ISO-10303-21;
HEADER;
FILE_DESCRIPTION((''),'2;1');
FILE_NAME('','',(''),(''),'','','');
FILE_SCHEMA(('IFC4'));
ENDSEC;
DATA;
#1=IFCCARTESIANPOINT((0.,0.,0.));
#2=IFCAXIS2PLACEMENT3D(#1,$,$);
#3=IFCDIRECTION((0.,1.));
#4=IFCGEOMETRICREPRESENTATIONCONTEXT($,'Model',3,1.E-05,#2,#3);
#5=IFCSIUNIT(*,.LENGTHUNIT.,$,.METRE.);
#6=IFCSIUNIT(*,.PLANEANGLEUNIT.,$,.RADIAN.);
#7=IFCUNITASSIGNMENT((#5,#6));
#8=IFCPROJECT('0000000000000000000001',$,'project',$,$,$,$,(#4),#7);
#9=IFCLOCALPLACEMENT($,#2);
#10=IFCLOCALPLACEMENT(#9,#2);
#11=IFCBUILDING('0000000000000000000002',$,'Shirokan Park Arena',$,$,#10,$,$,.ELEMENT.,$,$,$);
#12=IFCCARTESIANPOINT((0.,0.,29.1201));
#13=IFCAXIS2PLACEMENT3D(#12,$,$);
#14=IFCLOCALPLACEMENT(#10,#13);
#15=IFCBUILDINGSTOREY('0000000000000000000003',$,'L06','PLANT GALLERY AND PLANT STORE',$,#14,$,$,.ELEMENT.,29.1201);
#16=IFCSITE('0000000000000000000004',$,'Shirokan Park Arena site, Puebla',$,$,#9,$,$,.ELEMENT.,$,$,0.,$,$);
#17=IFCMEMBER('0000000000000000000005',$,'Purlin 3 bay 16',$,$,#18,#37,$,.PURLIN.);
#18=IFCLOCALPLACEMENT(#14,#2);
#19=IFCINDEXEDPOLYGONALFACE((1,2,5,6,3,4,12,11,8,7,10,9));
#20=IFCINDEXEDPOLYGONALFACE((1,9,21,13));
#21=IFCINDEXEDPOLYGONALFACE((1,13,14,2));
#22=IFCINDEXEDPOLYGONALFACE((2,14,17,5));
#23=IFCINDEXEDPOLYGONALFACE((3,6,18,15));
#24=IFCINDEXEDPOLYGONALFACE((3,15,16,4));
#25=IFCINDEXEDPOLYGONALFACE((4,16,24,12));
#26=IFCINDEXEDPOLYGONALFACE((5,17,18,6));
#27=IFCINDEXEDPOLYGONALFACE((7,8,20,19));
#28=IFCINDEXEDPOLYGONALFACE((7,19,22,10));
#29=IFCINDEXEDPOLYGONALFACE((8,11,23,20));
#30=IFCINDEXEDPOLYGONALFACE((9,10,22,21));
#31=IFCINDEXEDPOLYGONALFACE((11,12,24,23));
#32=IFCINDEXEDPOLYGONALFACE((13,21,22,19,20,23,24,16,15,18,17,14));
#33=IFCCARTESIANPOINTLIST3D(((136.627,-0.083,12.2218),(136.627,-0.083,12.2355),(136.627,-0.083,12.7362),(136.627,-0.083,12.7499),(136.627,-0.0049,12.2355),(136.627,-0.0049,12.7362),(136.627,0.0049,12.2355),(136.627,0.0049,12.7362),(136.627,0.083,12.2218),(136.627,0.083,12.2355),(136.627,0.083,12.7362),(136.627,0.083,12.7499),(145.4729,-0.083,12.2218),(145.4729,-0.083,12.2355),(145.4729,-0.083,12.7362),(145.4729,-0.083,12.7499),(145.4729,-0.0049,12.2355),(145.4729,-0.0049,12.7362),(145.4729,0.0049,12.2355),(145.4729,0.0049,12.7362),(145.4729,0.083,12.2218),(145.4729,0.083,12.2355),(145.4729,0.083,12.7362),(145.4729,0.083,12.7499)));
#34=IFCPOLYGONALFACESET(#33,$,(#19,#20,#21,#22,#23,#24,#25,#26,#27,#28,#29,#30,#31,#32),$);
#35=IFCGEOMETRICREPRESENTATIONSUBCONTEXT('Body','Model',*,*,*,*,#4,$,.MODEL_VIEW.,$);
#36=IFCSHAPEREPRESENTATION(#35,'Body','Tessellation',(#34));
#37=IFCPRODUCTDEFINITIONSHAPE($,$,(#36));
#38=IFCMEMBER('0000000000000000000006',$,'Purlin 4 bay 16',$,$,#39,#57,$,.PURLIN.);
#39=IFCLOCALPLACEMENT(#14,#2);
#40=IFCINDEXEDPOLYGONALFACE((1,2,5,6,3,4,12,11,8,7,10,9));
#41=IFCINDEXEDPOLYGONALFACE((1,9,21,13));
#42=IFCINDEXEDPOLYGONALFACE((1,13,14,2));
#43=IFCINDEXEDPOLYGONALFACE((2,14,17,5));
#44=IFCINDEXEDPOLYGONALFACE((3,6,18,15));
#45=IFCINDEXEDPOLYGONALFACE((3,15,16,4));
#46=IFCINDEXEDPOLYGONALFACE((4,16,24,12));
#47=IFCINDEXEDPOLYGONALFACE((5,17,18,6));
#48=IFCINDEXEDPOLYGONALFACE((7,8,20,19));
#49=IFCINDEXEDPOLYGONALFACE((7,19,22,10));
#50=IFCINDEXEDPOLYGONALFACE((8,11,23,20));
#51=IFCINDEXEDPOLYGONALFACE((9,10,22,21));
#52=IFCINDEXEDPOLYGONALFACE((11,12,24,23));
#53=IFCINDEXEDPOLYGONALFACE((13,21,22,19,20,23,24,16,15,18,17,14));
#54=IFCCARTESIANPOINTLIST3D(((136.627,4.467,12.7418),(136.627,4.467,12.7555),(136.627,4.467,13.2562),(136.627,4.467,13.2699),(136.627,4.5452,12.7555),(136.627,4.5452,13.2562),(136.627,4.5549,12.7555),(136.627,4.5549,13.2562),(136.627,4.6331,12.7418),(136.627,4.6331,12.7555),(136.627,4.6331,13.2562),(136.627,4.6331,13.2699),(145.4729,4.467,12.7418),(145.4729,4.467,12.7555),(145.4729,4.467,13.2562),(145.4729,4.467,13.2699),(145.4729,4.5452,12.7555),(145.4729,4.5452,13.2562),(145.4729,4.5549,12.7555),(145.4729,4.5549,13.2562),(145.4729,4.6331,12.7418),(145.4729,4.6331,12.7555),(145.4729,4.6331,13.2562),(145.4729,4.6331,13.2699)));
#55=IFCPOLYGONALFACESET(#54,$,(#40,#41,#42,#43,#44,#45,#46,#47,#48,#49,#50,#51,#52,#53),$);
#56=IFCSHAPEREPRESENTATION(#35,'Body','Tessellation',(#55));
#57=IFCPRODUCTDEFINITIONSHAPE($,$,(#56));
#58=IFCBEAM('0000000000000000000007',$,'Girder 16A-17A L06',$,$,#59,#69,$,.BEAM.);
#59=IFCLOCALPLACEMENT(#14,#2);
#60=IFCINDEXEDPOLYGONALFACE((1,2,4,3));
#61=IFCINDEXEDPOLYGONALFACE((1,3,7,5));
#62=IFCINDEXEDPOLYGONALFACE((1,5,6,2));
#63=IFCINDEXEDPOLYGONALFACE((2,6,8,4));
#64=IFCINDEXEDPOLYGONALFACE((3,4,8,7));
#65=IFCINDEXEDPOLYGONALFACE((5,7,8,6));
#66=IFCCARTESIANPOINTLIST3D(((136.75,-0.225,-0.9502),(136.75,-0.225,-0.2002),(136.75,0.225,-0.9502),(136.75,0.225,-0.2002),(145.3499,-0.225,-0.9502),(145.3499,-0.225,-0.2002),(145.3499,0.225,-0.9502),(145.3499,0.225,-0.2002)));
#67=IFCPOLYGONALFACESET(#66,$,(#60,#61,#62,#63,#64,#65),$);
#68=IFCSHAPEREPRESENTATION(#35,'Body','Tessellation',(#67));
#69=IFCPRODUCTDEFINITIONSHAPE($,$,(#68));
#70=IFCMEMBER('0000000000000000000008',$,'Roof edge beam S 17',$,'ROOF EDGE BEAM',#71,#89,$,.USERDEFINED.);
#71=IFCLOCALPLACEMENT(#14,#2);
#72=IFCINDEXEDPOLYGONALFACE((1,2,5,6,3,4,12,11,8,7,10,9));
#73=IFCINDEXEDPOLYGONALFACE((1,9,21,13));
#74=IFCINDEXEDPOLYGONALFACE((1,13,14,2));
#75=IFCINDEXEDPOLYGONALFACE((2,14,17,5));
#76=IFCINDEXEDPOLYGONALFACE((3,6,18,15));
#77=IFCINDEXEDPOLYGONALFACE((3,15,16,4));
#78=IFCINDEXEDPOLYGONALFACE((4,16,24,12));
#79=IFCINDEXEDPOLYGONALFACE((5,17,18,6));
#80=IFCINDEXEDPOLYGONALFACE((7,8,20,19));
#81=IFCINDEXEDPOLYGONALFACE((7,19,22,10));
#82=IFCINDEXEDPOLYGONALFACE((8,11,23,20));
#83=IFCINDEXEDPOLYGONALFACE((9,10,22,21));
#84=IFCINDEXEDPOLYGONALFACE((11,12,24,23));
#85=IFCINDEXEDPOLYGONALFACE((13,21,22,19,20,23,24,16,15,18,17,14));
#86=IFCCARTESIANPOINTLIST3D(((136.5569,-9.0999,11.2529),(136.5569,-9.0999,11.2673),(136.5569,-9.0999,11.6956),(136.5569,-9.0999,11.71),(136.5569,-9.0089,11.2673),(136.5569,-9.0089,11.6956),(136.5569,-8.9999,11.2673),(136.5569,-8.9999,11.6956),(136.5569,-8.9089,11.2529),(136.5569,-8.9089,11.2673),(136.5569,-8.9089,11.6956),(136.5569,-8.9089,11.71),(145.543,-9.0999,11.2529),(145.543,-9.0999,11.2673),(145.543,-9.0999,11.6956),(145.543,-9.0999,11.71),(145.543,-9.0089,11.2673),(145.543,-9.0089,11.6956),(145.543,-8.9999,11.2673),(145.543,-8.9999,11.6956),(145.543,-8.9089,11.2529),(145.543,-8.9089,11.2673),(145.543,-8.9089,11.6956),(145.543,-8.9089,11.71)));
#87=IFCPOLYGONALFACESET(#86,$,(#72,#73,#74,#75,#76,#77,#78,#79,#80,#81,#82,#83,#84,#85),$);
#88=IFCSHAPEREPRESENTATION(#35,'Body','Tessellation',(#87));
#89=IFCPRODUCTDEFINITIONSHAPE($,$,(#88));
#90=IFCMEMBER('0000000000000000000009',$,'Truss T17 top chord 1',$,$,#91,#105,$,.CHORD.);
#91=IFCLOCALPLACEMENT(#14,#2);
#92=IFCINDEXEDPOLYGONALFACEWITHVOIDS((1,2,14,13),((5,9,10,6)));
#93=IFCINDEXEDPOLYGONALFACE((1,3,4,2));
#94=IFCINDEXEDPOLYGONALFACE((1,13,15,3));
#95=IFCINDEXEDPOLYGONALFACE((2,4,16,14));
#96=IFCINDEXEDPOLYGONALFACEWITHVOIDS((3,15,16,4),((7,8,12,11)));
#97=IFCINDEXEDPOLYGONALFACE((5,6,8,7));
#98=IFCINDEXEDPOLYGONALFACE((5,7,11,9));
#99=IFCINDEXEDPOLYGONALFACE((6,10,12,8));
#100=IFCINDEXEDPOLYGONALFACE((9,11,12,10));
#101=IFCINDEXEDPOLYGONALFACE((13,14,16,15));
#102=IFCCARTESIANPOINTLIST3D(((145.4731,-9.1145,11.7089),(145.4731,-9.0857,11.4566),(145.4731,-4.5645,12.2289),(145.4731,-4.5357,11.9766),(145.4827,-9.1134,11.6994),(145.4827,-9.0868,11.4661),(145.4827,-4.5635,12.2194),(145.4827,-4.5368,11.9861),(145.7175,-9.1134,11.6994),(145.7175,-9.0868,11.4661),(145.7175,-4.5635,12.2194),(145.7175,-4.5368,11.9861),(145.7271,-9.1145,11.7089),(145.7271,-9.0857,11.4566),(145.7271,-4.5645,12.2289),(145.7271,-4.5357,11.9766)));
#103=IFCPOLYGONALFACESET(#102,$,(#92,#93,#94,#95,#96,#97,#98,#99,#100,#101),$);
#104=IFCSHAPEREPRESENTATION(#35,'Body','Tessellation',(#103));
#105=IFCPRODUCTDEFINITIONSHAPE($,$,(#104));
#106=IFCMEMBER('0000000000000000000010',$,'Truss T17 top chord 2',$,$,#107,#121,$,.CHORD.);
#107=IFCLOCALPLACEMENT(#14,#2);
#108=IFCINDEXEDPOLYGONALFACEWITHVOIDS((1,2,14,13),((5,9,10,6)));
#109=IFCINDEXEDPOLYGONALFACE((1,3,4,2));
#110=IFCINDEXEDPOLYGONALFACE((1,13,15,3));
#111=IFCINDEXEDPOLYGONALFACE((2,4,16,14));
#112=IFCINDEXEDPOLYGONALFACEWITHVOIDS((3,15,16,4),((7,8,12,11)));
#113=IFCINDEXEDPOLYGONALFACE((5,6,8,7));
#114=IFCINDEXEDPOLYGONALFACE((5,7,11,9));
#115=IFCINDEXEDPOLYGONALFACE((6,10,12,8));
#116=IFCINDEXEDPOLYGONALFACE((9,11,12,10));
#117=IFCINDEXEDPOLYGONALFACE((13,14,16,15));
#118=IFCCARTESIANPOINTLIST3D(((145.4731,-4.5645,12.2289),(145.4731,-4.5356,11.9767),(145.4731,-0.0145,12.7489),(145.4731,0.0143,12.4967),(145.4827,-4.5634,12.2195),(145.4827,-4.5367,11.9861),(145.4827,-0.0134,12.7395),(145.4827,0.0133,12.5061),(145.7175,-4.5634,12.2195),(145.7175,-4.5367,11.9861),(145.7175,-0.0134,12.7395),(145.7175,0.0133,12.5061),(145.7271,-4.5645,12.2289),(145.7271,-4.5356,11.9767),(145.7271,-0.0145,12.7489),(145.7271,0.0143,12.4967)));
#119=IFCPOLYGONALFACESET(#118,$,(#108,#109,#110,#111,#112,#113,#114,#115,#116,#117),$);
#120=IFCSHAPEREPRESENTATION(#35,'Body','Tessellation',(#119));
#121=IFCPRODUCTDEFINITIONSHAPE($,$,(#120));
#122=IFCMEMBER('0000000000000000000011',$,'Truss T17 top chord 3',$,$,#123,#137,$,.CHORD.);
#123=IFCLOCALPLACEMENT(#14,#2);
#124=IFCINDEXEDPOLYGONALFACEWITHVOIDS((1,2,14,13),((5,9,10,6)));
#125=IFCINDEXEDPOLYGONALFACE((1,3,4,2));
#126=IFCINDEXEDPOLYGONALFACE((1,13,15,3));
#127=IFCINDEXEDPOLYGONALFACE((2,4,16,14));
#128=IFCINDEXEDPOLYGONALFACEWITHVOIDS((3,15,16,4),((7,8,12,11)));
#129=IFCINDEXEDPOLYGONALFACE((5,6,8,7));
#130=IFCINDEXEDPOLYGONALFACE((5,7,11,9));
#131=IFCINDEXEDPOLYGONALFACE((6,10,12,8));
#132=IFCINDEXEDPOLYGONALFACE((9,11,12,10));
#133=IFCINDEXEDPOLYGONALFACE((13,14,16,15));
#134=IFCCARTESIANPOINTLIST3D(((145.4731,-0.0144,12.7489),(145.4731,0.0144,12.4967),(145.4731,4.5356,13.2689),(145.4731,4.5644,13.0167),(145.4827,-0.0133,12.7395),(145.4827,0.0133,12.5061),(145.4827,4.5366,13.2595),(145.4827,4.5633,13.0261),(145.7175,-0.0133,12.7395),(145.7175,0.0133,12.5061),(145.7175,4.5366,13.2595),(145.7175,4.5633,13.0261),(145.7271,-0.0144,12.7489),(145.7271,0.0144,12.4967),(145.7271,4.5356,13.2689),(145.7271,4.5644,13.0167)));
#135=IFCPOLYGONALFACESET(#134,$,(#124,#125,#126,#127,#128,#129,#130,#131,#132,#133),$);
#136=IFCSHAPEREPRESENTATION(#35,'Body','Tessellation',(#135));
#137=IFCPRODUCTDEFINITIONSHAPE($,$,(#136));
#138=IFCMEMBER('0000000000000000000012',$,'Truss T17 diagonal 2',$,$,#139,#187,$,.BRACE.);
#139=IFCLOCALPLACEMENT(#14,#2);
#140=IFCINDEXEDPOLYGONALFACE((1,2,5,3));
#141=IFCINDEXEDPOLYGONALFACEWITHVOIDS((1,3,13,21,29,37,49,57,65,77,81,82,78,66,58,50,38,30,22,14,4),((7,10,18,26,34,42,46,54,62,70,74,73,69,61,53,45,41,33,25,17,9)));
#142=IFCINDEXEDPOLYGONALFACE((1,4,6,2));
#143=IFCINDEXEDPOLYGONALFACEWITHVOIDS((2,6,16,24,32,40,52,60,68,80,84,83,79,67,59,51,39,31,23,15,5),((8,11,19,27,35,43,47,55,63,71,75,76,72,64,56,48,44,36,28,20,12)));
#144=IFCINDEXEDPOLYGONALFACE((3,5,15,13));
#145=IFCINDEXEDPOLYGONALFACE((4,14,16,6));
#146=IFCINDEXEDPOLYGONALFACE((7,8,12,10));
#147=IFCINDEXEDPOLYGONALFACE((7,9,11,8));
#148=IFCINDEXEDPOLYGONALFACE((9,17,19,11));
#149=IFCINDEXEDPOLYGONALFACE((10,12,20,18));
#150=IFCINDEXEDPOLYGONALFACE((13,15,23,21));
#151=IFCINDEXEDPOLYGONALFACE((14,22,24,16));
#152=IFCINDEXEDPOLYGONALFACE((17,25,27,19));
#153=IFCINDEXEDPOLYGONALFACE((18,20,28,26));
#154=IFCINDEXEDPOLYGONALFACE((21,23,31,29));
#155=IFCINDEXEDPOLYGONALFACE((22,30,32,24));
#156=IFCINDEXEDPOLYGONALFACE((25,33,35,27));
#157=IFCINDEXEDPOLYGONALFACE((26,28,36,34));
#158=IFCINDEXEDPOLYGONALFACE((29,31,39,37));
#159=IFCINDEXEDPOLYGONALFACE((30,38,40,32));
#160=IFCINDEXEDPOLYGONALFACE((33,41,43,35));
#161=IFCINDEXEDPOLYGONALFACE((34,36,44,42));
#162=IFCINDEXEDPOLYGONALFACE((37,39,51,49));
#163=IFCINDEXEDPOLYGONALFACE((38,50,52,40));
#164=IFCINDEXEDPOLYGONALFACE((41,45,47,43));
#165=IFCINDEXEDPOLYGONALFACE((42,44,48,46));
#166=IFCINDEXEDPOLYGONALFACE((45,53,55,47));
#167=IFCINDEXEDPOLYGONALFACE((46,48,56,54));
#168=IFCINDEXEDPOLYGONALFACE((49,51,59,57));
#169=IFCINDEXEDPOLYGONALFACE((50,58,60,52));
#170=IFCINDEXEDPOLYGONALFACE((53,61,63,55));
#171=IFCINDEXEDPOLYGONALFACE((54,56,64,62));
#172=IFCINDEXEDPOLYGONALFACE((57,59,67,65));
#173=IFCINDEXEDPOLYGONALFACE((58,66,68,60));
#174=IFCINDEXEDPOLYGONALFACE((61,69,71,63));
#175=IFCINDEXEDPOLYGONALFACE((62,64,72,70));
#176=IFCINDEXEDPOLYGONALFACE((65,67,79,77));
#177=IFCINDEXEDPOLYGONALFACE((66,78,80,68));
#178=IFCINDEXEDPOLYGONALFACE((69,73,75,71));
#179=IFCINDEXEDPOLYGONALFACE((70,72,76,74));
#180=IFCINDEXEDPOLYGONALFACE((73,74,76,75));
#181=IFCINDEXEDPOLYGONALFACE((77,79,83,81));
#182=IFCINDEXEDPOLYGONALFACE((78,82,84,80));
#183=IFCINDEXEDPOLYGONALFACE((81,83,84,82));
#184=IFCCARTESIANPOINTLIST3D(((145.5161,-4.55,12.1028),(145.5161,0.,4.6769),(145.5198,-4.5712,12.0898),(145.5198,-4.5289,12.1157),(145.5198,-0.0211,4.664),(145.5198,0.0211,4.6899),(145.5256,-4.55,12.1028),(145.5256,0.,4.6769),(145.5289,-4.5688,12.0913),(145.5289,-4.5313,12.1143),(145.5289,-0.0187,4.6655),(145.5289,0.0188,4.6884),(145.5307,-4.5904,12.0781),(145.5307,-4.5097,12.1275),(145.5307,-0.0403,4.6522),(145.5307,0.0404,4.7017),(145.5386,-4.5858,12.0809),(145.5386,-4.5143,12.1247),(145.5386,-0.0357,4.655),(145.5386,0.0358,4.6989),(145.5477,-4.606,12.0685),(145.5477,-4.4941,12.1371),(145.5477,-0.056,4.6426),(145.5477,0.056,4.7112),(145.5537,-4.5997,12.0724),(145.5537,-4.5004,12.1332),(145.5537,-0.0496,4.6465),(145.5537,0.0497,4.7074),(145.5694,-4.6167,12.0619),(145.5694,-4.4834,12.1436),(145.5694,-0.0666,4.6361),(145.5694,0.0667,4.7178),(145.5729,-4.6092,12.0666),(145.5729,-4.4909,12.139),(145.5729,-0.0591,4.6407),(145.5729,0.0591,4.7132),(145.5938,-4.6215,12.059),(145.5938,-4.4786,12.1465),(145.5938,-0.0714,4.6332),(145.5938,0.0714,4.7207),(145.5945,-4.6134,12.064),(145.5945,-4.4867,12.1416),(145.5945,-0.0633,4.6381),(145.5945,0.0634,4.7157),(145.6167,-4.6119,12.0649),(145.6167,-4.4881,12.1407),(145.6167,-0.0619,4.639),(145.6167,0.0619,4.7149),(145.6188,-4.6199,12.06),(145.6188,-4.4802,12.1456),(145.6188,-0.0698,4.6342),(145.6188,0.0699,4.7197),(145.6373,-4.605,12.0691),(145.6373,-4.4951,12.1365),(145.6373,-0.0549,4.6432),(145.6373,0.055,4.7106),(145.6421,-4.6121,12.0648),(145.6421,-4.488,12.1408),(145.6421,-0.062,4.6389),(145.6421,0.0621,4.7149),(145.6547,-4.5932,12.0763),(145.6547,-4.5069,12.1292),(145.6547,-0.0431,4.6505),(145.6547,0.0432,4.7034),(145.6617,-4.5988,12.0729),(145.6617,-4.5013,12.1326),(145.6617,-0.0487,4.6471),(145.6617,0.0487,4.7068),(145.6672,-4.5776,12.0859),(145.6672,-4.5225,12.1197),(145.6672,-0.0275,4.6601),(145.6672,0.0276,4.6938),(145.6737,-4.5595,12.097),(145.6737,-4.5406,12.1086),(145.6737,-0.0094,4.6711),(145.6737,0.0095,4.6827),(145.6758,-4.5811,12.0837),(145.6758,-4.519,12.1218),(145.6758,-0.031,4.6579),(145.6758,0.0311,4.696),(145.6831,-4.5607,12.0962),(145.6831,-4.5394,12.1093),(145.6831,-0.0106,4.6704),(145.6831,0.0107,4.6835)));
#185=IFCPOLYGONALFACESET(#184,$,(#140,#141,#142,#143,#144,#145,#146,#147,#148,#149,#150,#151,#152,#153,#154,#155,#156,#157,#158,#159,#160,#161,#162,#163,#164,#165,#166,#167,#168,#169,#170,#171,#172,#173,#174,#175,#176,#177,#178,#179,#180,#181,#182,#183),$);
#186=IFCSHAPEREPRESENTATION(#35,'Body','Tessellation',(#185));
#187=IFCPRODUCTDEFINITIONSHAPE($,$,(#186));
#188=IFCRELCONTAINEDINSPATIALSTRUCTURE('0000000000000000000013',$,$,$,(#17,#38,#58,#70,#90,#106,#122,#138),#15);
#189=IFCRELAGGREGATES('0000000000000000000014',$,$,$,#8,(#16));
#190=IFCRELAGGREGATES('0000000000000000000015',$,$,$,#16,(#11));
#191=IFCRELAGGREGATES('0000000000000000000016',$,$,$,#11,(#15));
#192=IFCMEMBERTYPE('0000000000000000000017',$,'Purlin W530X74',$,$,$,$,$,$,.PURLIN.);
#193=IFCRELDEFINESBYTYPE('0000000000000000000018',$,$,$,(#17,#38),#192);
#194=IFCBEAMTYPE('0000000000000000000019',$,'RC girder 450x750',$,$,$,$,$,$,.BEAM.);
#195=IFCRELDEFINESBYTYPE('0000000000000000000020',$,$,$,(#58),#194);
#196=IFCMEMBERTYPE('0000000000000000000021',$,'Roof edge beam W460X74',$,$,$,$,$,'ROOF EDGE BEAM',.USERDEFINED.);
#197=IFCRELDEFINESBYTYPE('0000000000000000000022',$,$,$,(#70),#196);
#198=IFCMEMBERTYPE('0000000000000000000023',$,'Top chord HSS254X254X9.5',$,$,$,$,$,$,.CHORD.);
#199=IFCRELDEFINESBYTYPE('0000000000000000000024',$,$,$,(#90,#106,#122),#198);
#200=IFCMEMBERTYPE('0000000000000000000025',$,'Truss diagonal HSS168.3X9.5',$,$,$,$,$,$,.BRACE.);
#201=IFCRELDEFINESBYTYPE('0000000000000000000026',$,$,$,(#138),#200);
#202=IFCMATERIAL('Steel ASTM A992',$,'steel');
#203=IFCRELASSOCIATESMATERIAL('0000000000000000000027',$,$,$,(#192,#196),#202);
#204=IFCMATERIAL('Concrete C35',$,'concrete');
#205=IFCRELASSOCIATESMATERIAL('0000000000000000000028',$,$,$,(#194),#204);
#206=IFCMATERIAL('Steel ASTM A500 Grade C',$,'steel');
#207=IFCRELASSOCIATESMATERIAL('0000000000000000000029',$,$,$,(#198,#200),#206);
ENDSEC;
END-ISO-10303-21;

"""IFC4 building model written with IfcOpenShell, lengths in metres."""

from ifc_helpers import new_model, si_unit, direction, frame, origin, origin_2d, place, context, subcontext, project, spatial, rectangle, hollow_rectangle, hollow_circle, i_section, extrude, material, material_profile, profile_set, type_object, element, save


model = new_model("IFC4")

# Units and contexts
model_context = context("Model", 3, precision=1e-05, world=origin(), true_north=direction((0.0, 1.0)))
body_context = subcontext(model_context, "Body", "Model", "MODEL_VIEW")
ifc_project = project(units=[si_unit("LENGTHUNIT", "METRE"), si_unit("PLANEANGLEUNIT", "RADIAN")], contexts=[model_context])

# Site, building, storey
site_placement = place(None, origin())
site = spatial("IfcSite", under=ifc_project, at=site_placement, Name="Shirokan Park Arena site, Puebla", CompositionType="ELEMENT", RefElevation=0.0)
building_placement = place(site_placement, origin())
building = spatial("IfcBuilding", under=site, at=building_placement, Name="Shirokan Park Arena", CompositionType="ELEMENT")
storey_placement = place(building_placement, frame((0.0, 0.0, 29.1201)))
storey = spatial("IfcBuildingStorey", under=building, at=storey_placement, Name="L06", Description="PLANT GALLERY AND PLANT STORE", CompositionType="ELEMENT", Elevation=29.1201)

# Shared definitions
ifc_material_1 = material(Name="Concrete C35", Category="concrete")

# Members
ifc_material_2 = material(Name="Steel ASTM A500 Grade C", Category="steel")
ifc_material_3 = material(Name="Steel ASTM A992", Category="steel")
ifc_material_profile_1 = material_profile(ifc_material_3, i_section(OverallWidth=0.166, OverallDepth=0.5281, WebThickness=0.0098, FlangeThickness=0.0137, at=origin_2d()), Name="W530X74")
ifc_profile_set_1 = profile_set([ifc_material_profile_1], Name="Steel ASTM A992")
member_type_1 = type_object("IfcMemberType", Name="Purlin W530X74", PredefinedType="PURLIN", material=ifc_profile_set_1)
for number, where, z_axis, x_axis, name in (
    (1, (136.627, 0.0, 12.4858), (1.0, 0.0, 0.0), (0.0, 1.0, 0.0), "Purlin 3 bay 16"),
    (2, (136.627, 4.55, 13.0059), (1.0, 0.0, 0.0), (0.0, 1.0, 0.0), "Purlin 4 bay 16"),
):
    element("IfcMember", number, at=place(storey_placement, frame(where, z_axis=z_axis, x_axis=x_axis)), inside=storey, type_object=member_type_1, Name=name, PredefinedType="PURLIN", context=body_context, shape_type="SweptSolid", body=[
        extrude(i_section(OverallWidth=0.166, OverallDepth=0.5281, WebThickness=0.0098, FlangeThickness=0.0137, at=origin_2d()), origin(), (0.0, 0.0, 1.0), 8.8459),
    ])

# Beam
ifc_material_profile_2 = material_profile(ifc_material_1, rectangle(XDim=0.45, YDim=0.75, at=origin_2d()), Name="450x750")
ifc_profile_set_2 = profile_set([ifc_material_profile_2], Name="Concrete C35")
beam_type = type_object("IfcBeamType", Name="RC girder 450x750", PredefinedType="BEAM", material=ifc_profile_set_2)
beam_placement = place(storey_placement, frame((136.75, 0.0, -0.5752), z_axis=(1.0, 0.0, 0.0), x_axis=(0.0, 1.0, 0.0)))
element("IfcBeam", 3, at=beam_placement, inside=storey, type_object=beam_type, Name="Girder 16A-17A L06", PredefinedType="BEAM", context=body_context, shape_type="SweptSolid", body=[
    extrude(rectangle(XDim=0.45, YDim=0.75, at=origin_2d()), origin(), (0.0, 0.0, 1.0), 8.5999),
])

# Members
ifc_material_profile_3 = material_profile(ifc_material_3, i_section(OverallWidth=0.1909, OverallDepth=0.457, WebThickness=0.009, FlangeThickness=0.0144, at=origin_2d()), Name="W460X74")
ifc_profile_set_3 = profile_set([ifc_material_profile_3], Name="Steel ASTM A992")
member_type_2 = type_object("IfcMemberType", Name="Roof edge beam W460X74", ElementType="ROOF EDGE BEAM", PredefinedType="USERDEFINED", material=ifc_profile_set_3)
member_1_placement = place(storey_placement, frame((136.5569, -9.0044, 11.4814), z_axis=(1.0, 0.0, 0.0), x_axis=(0.0, 1.0, 0.0)))
element("IfcMember", 4, at=member_1_placement, inside=storey, type_object=member_type_2, Name="Roof edge beam S 17", ObjectType="ROOF EDGE BEAM", PredefinedType="USERDEFINED", context=body_context, shape_type="SweptSolid", body=[
    extrude(i_section(OverallWidth=0.1909, OverallDepth=0.457, WebThickness=0.009, FlangeThickness=0.0144, at=origin_2d()), origin(), (0.0, 0.0, 1.0), 8.9861),
])
ifc_material_profile_4 = material_profile(ifc_material_2, hollow_rectangle(XDim=0.2539, YDim=0.2539, WallThickness=0.0095, at=origin_2d()), Name="HSS254X254X9.5")
ifc_profile_set_4 = profile_set([ifc_material_profile_4], Name="Steel ASTM A500 Grade C")
member_type_3 = type_object("IfcMemberType", Name="Top chord HSS254X254X9.5", PredefinedType="CHORD", material=ifc_profile_set_4)
for number, where, z_axis, x_axis, name in (
    (5, (145.6001, -9.1001, 11.5828), (0.0, 0.993532, 0.11355), (-1.0, 0.0, 0.0), "Truss T17 top chord 1"),
    (6, (145.6001, -4.55, 12.1028), (0.0, 0.993532, 0.11355), (-1.0, 0.0, 0.0), "Truss T17 top chord 2"),
    (7, (145.6001, 0.0, 12.6228), (0.0, 0.993532, 0.11355), (-1.0, 0.0, 0.0), "Truss T17 top chord 3"),
):
    element("IfcMember", number, at=place(storey_placement, frame(where, z_axis=z_axis, x_axis=x_axis)), inside=storey, type_object=member_type_3, Name=name, PredefinedType="CHORD", context=body_context, shape_type="SweptSolid", body=[
        extrude(hollow_rectangle(XDim=0.2539, YDim=0.2539, WallThickness=0.0095, at=origin_2d()), origin(), (0.0, 0.0, 1.0), 4.5796),
    ])
ifc_material_profile_5 = material_profile(ifc_material_2, hollow_circle(Radius=0.084, WallThickness=0.0095, at=origin_2d()), Name="HSS168.3X9.5")
ifc_profile_set_5 = profile_set([ifc_material_profile_5], Name="Steel ASTM A500 Grade C")
member_type_4 = type_object("IfcMemberType", Name="Truss diagonal HSS168.3X9.5", PredefinedType="BRACE", material=ifc_profile_set_5)
member_2_placement = place(storey_placement, frame((145.6001, -4.55, 12.1028), z_axis=(0.0, 0.522459, -0.852665), x_axis=(-1.0, 0.0, 0.0)))
element("IfcMember", 8, at=member_2_placement, inside=storey, type_object=member_type_4, Name="Truss T17 diagonal 2", PredefinedType="BRACE", context=body_context, shape_type="SweptSolid", body=[
    extrude(hollow_circle(Radius=0.084, WallThickness=0.0095, at=origin_2d()), origin(), (0.0, 0.0, 1.0), 8.709),
])

save(model, "model.ifc")
